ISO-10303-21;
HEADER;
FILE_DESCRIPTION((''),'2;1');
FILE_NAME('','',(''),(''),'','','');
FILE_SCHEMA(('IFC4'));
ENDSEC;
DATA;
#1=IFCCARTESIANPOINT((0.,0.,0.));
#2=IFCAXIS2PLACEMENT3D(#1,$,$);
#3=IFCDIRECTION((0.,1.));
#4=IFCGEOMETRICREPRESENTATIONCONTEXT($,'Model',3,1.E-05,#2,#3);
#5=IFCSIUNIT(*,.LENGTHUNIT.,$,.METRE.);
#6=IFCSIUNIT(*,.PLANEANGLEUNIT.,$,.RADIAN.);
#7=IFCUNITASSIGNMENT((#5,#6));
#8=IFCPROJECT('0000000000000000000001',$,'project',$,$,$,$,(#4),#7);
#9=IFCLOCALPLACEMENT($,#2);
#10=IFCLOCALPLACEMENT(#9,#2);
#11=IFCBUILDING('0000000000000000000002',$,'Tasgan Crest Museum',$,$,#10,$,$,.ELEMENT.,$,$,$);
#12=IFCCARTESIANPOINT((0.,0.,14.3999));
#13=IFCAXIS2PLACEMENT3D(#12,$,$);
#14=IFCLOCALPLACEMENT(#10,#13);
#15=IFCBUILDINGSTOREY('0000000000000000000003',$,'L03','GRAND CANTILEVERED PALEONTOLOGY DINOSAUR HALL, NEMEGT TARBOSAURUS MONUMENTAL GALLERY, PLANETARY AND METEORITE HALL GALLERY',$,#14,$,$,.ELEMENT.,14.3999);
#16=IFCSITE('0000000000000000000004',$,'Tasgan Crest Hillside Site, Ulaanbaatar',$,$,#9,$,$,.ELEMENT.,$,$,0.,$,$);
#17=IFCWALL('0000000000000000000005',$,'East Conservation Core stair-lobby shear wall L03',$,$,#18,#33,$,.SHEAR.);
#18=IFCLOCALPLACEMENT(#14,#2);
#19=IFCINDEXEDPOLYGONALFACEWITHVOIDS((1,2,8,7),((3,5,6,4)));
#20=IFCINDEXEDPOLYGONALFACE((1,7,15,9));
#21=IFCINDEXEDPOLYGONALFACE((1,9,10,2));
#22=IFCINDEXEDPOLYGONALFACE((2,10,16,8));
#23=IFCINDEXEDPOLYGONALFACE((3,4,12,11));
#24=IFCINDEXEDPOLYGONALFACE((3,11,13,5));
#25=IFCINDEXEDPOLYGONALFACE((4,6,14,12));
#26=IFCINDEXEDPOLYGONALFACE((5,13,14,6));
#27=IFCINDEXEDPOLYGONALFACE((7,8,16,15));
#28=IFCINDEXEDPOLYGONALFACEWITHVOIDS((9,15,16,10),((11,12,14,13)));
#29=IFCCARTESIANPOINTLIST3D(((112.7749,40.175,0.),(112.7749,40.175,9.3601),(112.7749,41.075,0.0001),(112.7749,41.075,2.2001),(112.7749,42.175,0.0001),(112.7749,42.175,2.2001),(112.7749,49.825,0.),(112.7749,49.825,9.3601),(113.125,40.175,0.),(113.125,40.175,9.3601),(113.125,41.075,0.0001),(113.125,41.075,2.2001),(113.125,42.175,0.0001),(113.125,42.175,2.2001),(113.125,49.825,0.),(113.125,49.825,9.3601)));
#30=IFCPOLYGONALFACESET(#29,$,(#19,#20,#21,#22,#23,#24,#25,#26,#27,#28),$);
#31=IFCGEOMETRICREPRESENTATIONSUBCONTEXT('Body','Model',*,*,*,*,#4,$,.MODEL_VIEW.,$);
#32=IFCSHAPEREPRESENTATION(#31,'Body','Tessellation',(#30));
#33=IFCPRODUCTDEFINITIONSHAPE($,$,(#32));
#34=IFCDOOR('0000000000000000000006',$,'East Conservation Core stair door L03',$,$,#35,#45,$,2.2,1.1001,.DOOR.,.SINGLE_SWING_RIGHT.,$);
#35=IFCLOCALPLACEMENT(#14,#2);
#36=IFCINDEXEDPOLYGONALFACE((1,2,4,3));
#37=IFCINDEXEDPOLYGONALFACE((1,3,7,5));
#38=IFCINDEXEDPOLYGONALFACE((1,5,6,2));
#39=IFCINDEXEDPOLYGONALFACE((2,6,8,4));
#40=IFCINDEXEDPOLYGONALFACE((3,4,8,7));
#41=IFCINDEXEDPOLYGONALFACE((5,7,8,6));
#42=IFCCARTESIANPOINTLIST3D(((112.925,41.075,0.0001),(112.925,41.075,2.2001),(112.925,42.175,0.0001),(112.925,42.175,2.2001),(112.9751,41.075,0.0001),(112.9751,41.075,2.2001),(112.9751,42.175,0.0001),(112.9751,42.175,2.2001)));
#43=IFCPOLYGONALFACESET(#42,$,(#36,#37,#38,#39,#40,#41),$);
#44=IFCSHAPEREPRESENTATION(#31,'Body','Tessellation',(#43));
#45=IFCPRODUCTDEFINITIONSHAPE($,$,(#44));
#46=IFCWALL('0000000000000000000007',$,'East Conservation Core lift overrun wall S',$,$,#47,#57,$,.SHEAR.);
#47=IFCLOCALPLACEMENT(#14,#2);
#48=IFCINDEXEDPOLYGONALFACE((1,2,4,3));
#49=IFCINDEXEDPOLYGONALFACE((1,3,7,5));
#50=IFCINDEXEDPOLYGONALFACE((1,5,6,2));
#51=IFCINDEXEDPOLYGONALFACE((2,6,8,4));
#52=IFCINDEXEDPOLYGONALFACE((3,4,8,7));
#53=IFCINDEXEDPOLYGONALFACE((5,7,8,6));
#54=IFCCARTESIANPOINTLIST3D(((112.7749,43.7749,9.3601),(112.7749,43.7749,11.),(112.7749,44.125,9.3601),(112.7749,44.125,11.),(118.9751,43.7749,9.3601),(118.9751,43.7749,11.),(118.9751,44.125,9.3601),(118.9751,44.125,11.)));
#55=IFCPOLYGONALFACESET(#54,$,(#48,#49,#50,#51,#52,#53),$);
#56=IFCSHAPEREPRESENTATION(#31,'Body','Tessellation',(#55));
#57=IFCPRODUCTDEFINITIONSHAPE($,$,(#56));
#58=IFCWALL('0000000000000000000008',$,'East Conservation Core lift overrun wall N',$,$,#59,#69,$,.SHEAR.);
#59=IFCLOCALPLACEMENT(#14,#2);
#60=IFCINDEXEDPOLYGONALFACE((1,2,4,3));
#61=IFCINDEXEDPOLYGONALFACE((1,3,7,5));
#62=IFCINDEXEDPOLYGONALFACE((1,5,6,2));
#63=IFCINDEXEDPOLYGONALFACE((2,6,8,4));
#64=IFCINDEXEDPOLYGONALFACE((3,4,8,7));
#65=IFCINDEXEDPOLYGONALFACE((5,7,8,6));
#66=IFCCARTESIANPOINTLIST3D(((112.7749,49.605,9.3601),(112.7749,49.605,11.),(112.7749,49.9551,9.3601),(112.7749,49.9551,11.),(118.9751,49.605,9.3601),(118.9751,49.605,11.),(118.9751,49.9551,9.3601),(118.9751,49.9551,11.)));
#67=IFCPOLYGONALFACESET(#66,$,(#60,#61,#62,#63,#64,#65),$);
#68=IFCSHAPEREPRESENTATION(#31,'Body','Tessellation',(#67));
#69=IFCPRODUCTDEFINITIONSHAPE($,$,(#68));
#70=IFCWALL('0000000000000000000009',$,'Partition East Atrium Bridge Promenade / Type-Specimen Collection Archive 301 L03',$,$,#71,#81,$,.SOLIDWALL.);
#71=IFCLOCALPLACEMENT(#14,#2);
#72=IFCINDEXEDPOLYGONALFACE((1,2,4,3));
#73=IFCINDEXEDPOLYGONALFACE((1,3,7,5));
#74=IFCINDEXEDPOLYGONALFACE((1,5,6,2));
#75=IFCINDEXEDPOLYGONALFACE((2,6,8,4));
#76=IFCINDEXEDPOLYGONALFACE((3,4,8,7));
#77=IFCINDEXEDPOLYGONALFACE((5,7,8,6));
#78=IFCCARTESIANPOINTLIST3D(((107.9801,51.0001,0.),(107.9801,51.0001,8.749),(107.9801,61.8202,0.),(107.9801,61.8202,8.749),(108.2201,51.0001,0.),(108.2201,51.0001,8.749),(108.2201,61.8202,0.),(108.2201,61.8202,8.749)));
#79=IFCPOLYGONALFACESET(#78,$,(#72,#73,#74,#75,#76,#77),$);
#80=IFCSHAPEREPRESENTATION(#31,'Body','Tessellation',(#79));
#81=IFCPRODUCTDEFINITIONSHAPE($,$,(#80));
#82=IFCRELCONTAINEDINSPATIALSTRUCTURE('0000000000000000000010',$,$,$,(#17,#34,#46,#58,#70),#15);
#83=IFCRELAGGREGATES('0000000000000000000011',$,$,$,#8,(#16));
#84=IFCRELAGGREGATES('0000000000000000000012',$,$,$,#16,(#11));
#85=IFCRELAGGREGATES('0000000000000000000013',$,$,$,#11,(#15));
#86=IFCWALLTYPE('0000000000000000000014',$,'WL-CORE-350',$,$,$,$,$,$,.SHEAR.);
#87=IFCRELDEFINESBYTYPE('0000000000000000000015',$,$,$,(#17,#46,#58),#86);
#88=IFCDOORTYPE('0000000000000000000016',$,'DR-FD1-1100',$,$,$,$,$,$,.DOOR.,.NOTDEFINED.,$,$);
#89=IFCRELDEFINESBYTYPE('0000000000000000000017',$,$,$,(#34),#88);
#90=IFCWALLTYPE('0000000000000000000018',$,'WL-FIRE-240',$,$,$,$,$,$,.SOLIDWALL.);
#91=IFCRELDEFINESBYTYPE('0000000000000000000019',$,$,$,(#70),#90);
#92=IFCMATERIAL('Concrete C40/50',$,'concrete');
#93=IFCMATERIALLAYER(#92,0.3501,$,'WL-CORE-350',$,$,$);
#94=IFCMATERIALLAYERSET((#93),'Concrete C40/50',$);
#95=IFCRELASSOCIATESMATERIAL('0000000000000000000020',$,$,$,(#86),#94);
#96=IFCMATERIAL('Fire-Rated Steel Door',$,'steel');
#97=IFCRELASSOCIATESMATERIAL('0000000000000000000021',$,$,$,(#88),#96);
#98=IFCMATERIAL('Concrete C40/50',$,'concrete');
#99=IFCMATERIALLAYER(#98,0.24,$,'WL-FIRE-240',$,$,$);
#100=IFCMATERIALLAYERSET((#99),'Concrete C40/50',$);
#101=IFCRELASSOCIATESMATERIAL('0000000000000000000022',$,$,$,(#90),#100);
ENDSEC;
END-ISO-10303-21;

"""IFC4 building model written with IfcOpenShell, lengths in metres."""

from ifc_helpers import new_model, si_unit, direction, frame, frame_2d, origin, place, context, subcontext, project, spatial, rectangle, extrude, material, layer, layer_set, type_object, element, fill, save


model = new_model("IFC4")

# Units and contexts
model_context = context("Model", 3, precision=1e-05, world=origin(), true_north=direction((0.0, 1.0)))
body_context = subcontext(model_context, "Body", "Model", "MODEL_VIEW")
ifc_project = project(units=[si_unit("LENGTHUNIT", "METRE"), si_unit("PLANEANGLEUNIT", "RADIAN")], contexts=[model_context])

# Site, building, storey
site_placement = place(None, origin())
site = spatial("IfcSite", under=ifc_project, at=site_placement, Name="Tasgan Crest Hillside Site, Ulaanbaatar", CompositionType="ELEMENT", RefElevation=0.0)
building_placement = place(site_placement, origin())
building = spatial("IfcBuilding", under=site, at=building_placement, Name="Tasgan Crest Museum", CompositionType="ELEMENT")
storey_placement = place(building_placement, frame((0.0, 0.0, 14.3999)))
storey = spatial("IfcBuildingStorey", under=building, at=storey_placement, Name="L03", Description="GRAND CANTILEVERED PALEONTOLOGY DINOSAUR HALL, NEMEGT TARBOSAURUS MONUMENTAL GALLERY, PLANETARY AND METEORITE HALL GALLERY", CompositionType="ELEMENT", Elevation=14.3999)

# Shared definitions
ifc_material_1 = material(Name="Concrete C40/50", Category="concrete")
ifc_layer_1 = layer(ifc_material_1, 0.3501, Name="WL-CORE-350")
ifc_layer_set_1 = layer_set([ifc_layer_1], Name="Concrete C40/50")
wall_type_1 = type_object("IfcWallType", Name="WL-CORE-350", PredefinedType="SHEAR", material=ifc_layer_set_1)

# Wall, opening, door
wall_1_placement = place(storey_placement, frame((112.95, 40.175, 0.0), z_axis=(0.0, 0.0, 1.0), x_axis=(0.0, 1.0, 0.0)))
wall_1 = element("IfcWall", 1, at=wall_1_placement, inside=storey, type_object=wall_type_1, Name="East Conservation Core stair-lobby shear wall L03", PredefinedType="SHEAR", context=body_context, shape_type="SweptSolid", body=[
    extrude(rectangle(XDim=9.6499, YDim=0.3501, at=frame_2d((4.825, 0.0))), origin(), (0.0, 0.0, 1.0), 9.3601),
])
opening_placement = place(wall_1_placement, frame((0.8999, 0.0, 0.0)))
opening = element("IfcOpeningElement", 2, at=opening_placement, cuts=wall_1, PredefinedType="OPENING", context=body_context, shape_type="SweptSolid", body=[
    extrude(rectangle(XDim=1.1001, YDim=2.2, at=frame_2d((0.55, 1.1001))), frame((0.0, 0.1851, 0.0), z_axis=(0.0, -1.0, 0.0), x_axis=(1.0, 0.0, 0.0)), (0.0, 0.0, 1.0), 0.3701),
])
ifc_material_2 = material(Name="Fire-Rated Steel Door", Category="steel")
door_type = type_object("IfcDoorType", Name="DR-FD1-1100", OperationType="NOTDEFINED", PredefinedType="DOOR", material=ifc_material_2)
door_placement = place(opening_placement, origin())
door = element("IfcDoor", 3, at=door_placement, inside=storey, type_object=door_type, Name="East Conservation Core stair door L03", OperationType="SINGLE_SWING_RIGHT", OverallHeight=2.2, OverallWidth=1.1001, PredefinedType="DOOR", context=body_context, shape_type="SweptSolid", body=[
    extrude(rectangle(XDim=1.1001, YDim=2.2, at=frame_2d((0.55, 1.1001))), frame((0.0, 0.0249, 0.0), z_axis=(0.0, -1.0, 0.0), x_axis=(1.0, 0.0, 0.0)), (0.0, 0.0, 1.0), 0.05),
])
fill(opening, door)

# Walls
for number, where, z_axis, x_axis, name in (
    (4, (112.7749, 43.95, 9.3601), (0.0, 0.0, 1.0), (1.0, 0.0, 0.0), "East Conservation Core lift overrun wall S"),
    (5, (112.7749, 49.78, 9.3601), (0.0, 0.0, 1.0), (1.0, 0.0, 0.0), "East Conservation Core lift overrun wall N"),
):
    element("IfcWall", number, at=place(storey_placement, frame(where, z_axis=z_axis, x_axis=x_axis)), inside=storey, type_object=wall_type_1, Name=name, PredefinedType="SHEAR", context=body_context, shape_type="SweptSolid", body=[
        extrude(rectangle(XDim=6.2002, YDim=0.3501, at=frame_2d((3.1001, 0.0))), origin(), (0.0, 0.0, 1.0), 1.6399),
    ])
ifc_material_3 = material(Name="Concrete C40/50", Category="concrete")
ifc_layer_2 = layer(ifc_material_3, 0.24, Name="WL-FIRE-240")
ifc_layer_set_2 = layer_set([ifc_layer_2], Name="Concrete C40/50")
wall_type_2 = type_object("IfcWallType", Name="WL-FIRE-240", PredefinedType="SOLIDWALL", material=ifc_layer_set_2)
wall_2_placement = place(storey_placement, frame((108.1001, 51.0, 0.0), z_axis=(0.0, 0.0, 1.0), x_axis=(0.0, 1.0, 0.0)))
element("IfcWall", 6, at=wall_2_placement, inside=storey, type_object=wall_type_2, Name="Partition East Atrium Bridge Promenade / Type-Specimen Collection Archive 301 L03", PredefinedType="SOLIDWALL", context=body_context, shape_type="SweptSolid", body=[
    extrude(rectangle(XDim=10.8201, YDim=0.24, at=frame_2d((5.4102, 0.0))), origin(), (0.0, 0.0, 1.0), 8.749),
])

save(model, "model.ifc")
